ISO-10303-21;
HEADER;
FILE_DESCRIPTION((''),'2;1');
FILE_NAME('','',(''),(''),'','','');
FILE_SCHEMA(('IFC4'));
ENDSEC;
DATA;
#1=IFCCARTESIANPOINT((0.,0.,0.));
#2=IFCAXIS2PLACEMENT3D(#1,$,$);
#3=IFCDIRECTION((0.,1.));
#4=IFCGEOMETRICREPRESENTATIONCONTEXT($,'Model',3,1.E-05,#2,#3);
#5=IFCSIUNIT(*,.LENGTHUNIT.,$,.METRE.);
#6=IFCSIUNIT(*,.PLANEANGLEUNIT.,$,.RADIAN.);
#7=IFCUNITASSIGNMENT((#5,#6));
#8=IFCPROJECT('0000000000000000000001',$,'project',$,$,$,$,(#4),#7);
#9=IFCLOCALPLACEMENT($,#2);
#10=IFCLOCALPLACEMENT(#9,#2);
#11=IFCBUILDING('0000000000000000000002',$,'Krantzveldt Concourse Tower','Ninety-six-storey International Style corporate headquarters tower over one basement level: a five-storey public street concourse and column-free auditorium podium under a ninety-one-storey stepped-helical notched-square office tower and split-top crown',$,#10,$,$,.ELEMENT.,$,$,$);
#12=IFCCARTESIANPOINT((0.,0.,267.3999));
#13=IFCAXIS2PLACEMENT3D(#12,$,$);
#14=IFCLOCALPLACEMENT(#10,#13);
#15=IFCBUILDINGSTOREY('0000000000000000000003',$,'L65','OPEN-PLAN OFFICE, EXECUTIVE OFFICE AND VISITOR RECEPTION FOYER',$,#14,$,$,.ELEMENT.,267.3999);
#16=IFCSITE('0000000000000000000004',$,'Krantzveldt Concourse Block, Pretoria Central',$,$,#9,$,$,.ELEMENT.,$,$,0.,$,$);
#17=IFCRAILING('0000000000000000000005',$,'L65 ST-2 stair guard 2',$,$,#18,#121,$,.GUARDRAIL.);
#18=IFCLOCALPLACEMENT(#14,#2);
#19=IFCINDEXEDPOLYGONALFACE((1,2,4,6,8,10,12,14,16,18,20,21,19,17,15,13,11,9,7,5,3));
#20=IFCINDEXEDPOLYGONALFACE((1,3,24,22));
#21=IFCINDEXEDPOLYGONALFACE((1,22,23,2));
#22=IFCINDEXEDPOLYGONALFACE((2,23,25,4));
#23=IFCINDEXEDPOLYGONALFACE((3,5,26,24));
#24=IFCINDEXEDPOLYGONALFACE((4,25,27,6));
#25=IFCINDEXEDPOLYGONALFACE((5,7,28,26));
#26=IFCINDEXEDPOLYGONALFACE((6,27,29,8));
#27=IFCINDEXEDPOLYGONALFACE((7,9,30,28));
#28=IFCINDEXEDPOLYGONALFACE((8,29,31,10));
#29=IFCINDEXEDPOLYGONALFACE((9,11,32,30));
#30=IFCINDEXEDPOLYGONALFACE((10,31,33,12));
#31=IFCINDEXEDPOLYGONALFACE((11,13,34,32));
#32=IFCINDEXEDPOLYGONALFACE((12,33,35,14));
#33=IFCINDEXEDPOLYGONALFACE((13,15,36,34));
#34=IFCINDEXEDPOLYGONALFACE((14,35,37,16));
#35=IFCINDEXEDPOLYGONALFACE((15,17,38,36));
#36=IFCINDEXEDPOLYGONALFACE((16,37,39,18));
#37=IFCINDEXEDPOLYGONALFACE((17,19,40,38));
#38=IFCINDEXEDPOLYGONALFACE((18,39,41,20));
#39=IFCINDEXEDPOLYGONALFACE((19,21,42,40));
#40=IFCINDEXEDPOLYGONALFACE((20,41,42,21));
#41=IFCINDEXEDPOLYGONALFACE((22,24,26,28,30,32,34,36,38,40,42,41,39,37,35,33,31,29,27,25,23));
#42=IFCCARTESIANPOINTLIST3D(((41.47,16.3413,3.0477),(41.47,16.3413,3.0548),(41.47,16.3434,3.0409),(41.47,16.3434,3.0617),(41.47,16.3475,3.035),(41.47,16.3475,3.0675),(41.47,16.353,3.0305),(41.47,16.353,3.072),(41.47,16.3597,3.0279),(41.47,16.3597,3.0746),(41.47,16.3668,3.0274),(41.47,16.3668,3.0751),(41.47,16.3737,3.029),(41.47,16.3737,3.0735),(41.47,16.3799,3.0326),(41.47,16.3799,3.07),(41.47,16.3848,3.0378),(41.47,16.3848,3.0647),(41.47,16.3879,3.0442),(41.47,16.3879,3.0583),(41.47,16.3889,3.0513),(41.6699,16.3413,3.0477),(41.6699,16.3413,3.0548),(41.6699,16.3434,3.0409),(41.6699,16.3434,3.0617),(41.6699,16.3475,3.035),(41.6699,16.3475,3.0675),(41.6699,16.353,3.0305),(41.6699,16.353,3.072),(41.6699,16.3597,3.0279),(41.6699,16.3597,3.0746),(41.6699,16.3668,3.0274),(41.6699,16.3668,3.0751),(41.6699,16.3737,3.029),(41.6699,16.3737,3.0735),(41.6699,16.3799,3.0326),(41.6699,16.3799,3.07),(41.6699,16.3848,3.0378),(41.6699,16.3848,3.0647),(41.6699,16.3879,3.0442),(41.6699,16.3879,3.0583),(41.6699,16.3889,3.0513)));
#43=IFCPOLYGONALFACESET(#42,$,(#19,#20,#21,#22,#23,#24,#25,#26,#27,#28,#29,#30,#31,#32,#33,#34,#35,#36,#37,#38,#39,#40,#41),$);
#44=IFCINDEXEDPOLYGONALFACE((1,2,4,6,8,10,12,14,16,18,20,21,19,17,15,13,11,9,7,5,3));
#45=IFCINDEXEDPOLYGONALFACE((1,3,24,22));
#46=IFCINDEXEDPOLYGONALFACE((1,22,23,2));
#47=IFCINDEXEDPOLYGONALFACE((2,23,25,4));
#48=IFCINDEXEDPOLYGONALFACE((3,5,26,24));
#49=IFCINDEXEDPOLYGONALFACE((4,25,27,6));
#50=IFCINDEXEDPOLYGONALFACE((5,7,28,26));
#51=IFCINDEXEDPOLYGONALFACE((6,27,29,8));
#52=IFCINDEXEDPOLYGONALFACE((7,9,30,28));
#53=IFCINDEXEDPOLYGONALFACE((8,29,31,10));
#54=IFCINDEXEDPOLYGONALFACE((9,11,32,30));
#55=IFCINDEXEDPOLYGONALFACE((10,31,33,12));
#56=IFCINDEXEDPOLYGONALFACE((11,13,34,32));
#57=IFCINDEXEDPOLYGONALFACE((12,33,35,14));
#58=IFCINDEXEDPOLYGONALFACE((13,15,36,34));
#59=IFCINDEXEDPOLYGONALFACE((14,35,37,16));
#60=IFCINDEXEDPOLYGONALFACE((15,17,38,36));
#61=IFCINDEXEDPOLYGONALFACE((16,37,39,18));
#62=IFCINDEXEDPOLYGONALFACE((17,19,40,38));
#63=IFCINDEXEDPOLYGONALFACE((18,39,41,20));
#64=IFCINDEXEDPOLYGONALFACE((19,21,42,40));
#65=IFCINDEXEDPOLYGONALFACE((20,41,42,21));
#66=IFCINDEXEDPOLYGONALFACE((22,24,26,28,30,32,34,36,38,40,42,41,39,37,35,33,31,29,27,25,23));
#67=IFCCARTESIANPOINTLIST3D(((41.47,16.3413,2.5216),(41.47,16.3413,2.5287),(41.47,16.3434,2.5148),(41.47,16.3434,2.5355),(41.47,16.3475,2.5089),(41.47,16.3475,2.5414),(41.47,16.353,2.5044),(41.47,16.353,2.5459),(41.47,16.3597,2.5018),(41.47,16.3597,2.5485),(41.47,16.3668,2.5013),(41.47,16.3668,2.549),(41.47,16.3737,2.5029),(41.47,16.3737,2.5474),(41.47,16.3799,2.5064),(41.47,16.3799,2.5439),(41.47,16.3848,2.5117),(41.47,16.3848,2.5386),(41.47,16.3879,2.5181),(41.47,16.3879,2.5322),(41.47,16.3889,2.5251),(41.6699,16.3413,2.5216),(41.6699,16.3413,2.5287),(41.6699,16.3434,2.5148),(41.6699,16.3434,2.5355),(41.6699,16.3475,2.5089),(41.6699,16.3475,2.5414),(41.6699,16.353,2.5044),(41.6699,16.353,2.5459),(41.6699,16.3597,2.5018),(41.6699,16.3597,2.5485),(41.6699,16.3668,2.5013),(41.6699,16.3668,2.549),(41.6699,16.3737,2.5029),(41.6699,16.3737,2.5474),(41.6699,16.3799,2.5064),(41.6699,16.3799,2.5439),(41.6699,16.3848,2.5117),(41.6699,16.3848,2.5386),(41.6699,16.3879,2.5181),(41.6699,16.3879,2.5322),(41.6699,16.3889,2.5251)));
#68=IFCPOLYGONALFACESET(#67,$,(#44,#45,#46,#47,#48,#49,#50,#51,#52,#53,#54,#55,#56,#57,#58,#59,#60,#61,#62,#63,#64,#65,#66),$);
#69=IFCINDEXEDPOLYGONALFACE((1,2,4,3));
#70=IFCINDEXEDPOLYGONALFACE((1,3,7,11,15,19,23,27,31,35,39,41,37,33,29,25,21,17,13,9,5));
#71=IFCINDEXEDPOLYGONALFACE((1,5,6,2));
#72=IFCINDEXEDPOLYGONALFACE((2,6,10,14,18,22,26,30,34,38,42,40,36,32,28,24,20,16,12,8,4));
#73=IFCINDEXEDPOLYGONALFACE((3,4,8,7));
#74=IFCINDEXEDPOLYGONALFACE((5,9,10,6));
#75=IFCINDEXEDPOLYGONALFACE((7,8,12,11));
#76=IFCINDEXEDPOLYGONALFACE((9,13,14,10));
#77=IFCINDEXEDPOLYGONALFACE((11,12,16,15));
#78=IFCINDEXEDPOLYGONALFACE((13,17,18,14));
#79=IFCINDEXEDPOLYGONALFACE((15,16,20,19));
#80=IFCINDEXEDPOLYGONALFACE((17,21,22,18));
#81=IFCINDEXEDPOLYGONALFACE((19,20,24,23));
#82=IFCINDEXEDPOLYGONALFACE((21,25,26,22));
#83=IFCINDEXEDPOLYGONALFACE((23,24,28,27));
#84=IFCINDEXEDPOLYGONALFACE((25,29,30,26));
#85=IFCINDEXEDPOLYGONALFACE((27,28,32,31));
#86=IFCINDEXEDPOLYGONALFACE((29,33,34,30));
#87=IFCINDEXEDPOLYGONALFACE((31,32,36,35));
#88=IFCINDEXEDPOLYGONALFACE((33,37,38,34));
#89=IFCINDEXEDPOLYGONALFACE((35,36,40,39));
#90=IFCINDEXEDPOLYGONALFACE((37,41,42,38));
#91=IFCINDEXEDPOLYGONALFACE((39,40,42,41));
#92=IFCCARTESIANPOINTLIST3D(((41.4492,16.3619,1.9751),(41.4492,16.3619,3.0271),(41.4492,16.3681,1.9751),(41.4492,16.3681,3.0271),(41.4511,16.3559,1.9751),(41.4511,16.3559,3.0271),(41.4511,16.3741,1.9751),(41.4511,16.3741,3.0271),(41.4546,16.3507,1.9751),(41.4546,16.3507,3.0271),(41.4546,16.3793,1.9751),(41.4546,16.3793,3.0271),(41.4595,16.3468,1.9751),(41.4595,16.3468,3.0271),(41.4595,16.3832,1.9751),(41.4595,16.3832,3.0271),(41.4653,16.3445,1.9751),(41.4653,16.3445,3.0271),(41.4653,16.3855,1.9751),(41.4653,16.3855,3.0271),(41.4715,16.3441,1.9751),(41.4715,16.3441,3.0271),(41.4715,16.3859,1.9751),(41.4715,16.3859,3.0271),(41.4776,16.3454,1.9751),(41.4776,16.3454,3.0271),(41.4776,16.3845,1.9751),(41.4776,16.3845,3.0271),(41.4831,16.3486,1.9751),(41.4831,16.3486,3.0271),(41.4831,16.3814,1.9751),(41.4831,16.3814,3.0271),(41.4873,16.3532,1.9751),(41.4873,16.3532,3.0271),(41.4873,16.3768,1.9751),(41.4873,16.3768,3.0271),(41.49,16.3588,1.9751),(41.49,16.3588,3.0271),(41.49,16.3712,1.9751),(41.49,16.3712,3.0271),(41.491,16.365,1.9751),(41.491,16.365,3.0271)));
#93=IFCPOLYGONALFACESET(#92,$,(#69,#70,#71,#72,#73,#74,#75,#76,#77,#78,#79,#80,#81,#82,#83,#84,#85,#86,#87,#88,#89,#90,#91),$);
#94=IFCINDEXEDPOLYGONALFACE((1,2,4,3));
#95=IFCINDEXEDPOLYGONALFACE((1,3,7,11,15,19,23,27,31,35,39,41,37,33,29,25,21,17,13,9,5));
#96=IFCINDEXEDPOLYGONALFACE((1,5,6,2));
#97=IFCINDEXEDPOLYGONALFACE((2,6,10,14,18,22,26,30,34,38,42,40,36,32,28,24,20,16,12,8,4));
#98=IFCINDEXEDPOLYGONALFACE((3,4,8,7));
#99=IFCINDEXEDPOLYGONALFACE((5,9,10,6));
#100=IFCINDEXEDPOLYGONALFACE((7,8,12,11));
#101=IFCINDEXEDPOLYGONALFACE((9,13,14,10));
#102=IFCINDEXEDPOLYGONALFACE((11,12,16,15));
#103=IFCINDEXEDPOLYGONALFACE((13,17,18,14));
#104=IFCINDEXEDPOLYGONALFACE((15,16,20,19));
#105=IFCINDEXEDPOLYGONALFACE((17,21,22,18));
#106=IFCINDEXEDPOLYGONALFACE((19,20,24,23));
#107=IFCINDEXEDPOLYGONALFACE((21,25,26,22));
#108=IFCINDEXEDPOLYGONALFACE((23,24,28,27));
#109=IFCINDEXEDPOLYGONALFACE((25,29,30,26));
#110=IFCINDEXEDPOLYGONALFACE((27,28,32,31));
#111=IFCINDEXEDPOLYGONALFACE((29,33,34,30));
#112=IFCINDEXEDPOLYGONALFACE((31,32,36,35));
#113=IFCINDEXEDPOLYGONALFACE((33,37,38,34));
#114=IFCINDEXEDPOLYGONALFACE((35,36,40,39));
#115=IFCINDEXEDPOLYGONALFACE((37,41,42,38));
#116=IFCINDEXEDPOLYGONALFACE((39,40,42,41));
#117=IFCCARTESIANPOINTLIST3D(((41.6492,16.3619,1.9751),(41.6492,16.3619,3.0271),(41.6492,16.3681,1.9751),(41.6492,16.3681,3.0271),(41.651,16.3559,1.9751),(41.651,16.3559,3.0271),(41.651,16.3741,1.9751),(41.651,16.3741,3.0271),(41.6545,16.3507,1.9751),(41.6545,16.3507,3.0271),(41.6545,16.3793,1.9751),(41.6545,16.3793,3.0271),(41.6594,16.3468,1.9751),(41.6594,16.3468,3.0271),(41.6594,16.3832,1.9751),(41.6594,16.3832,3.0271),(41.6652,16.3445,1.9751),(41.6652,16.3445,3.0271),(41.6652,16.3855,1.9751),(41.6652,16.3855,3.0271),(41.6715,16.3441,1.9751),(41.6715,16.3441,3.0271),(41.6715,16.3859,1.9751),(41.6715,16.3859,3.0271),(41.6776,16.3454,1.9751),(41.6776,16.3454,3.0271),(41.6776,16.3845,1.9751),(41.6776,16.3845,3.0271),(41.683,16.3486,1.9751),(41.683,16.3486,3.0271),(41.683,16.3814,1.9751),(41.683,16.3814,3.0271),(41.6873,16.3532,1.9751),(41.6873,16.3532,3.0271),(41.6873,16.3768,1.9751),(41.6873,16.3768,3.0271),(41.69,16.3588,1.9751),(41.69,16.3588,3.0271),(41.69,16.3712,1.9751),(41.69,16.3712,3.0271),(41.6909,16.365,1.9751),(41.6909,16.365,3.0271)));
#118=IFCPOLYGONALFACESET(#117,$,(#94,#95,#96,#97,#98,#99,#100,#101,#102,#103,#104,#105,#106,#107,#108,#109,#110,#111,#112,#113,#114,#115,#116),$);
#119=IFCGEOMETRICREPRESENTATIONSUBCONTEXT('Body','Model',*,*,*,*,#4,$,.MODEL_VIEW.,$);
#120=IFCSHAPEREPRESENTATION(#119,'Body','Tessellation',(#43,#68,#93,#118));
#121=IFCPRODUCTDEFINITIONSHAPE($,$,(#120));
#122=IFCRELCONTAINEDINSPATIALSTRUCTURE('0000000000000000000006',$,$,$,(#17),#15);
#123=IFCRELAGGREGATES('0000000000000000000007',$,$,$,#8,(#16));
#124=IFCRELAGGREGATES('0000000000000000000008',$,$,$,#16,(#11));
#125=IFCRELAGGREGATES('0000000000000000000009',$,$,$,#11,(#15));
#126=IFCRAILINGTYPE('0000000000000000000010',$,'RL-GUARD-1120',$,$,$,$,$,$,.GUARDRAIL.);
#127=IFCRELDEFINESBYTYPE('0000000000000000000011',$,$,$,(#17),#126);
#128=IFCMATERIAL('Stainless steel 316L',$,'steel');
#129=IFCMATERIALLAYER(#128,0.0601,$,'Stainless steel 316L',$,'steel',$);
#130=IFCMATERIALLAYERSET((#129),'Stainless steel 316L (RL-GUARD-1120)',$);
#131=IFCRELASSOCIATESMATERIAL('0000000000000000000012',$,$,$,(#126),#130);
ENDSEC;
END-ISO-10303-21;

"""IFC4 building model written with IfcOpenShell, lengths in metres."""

from ifc_helpers import new_model, si_unit, direction, frame, origin, origin_2d, place, context, subcontext, project, spatial, circle, extrude, material, layer, layer_set, type_object, element, save


model = new_model("IFC4")

# Units and contexts
model_context = context("Model", 3, precision=1e-05, world=origin(), true_north=direction((0.0, 1.0)))
body_context = subcontext(model_context, "Body", "Model", "MODEL_VIEW")
ifc_project = project(units=[si_unit("LENGTHUNIT", "METRE"), si_unit("PLANEANGLEUNIT", "RADIAN")], contexts=[model_context])

# Site, building, storey
site_placement = place(None, origin())
site = spatial("IfcSite", under=ifc_project, at=site_placement, Name="Krantzveldt Concourse Block, Pretoria Central", CompositionType="ELEMENT", RefElevation=0.0)
building_placement = place(site_placement, origin())
building = spatial("IfcBuilding", under=site, at=building_placement, Name="Krantzveldt Concourse Tower", Description="Ninety-six-storey International Style corporate headquarters tower over one basement level: a five-storey public street concourse and column-free auditorium podium under a ninety-one-storey stepped-helical notched-square office tower and split-top crown", CompositionType="ELEMENT")
storey_placement = place(building_placement, frame((0.0, 0.0, 267.3999)))
storey = spatial("IfcBuildingStorey", under=building, at=storey_placement, Name="L65", Description="OPEN-PLAN OFFICE, EXECUTIVE OFFICE AND VISITOR RECEPTION FOYER", CompositionType="ELEMENT", Elevation=267.3999)

# Shared definitions
ifc_material_1 = material(Name="Stainless steel 316L", Category="steel")

# Railing
ifc_layer_1 = layer(ifc_material_1, 0.0601, Name="Stainless steel 316L", Category="steel")
ifc_layer_set_1 = layer_set([ifc_layer_1], Name="Stainless steel 316L (RL-GUARD-1120)")
railing_type_1 = type_object("IfcRailingType", Name="RL-GUARD-1120", PredefinedType="GUARDRAIL", material=ifc_layer_set_1)
railing_1_placement = place(storey_placement, frame((41.47, 16.365, 1.9751)))
element("IfcRailing", 1, at=railing_1_placement, inside=storey, type_object=railing_type_1, Name="L65 ST-2 stair guard 2", PredefinedType="GUARDRAIL", context=body_context, shape_type="SweptSolid", body=[
    extrude(circle(Radius=0.0239, at=origin_2d()), frame((0.0, 0.0, 1.0762), z_axis=(1.0, 0.0, 0.0), x_axis=(0.0, 1.0, 0.0)), (0.0, 0.0, 1.0), 0.2),
    extrude(circle(Radius=0.0239, at=origin_2d()), frame((0.0, 0.0, 0.55), z_axis=(1.0, 0.0, 0.0), x_axis=(0.0, 1.0, 0.0)), (0.0, 0.0, 1.0), 0.2),
    extrude(circle(Radius=0.021, at=origin_2d()), origin(), (0.0, 0.0, 1.0), 1.052),
    extrude(circle(Radius=0.021, at=origin_2d()), frame((0.2, 0.0, 0.0)), (0.0, 0.0, 1.0), 1.052),
])

save(model, "model.ifc")
